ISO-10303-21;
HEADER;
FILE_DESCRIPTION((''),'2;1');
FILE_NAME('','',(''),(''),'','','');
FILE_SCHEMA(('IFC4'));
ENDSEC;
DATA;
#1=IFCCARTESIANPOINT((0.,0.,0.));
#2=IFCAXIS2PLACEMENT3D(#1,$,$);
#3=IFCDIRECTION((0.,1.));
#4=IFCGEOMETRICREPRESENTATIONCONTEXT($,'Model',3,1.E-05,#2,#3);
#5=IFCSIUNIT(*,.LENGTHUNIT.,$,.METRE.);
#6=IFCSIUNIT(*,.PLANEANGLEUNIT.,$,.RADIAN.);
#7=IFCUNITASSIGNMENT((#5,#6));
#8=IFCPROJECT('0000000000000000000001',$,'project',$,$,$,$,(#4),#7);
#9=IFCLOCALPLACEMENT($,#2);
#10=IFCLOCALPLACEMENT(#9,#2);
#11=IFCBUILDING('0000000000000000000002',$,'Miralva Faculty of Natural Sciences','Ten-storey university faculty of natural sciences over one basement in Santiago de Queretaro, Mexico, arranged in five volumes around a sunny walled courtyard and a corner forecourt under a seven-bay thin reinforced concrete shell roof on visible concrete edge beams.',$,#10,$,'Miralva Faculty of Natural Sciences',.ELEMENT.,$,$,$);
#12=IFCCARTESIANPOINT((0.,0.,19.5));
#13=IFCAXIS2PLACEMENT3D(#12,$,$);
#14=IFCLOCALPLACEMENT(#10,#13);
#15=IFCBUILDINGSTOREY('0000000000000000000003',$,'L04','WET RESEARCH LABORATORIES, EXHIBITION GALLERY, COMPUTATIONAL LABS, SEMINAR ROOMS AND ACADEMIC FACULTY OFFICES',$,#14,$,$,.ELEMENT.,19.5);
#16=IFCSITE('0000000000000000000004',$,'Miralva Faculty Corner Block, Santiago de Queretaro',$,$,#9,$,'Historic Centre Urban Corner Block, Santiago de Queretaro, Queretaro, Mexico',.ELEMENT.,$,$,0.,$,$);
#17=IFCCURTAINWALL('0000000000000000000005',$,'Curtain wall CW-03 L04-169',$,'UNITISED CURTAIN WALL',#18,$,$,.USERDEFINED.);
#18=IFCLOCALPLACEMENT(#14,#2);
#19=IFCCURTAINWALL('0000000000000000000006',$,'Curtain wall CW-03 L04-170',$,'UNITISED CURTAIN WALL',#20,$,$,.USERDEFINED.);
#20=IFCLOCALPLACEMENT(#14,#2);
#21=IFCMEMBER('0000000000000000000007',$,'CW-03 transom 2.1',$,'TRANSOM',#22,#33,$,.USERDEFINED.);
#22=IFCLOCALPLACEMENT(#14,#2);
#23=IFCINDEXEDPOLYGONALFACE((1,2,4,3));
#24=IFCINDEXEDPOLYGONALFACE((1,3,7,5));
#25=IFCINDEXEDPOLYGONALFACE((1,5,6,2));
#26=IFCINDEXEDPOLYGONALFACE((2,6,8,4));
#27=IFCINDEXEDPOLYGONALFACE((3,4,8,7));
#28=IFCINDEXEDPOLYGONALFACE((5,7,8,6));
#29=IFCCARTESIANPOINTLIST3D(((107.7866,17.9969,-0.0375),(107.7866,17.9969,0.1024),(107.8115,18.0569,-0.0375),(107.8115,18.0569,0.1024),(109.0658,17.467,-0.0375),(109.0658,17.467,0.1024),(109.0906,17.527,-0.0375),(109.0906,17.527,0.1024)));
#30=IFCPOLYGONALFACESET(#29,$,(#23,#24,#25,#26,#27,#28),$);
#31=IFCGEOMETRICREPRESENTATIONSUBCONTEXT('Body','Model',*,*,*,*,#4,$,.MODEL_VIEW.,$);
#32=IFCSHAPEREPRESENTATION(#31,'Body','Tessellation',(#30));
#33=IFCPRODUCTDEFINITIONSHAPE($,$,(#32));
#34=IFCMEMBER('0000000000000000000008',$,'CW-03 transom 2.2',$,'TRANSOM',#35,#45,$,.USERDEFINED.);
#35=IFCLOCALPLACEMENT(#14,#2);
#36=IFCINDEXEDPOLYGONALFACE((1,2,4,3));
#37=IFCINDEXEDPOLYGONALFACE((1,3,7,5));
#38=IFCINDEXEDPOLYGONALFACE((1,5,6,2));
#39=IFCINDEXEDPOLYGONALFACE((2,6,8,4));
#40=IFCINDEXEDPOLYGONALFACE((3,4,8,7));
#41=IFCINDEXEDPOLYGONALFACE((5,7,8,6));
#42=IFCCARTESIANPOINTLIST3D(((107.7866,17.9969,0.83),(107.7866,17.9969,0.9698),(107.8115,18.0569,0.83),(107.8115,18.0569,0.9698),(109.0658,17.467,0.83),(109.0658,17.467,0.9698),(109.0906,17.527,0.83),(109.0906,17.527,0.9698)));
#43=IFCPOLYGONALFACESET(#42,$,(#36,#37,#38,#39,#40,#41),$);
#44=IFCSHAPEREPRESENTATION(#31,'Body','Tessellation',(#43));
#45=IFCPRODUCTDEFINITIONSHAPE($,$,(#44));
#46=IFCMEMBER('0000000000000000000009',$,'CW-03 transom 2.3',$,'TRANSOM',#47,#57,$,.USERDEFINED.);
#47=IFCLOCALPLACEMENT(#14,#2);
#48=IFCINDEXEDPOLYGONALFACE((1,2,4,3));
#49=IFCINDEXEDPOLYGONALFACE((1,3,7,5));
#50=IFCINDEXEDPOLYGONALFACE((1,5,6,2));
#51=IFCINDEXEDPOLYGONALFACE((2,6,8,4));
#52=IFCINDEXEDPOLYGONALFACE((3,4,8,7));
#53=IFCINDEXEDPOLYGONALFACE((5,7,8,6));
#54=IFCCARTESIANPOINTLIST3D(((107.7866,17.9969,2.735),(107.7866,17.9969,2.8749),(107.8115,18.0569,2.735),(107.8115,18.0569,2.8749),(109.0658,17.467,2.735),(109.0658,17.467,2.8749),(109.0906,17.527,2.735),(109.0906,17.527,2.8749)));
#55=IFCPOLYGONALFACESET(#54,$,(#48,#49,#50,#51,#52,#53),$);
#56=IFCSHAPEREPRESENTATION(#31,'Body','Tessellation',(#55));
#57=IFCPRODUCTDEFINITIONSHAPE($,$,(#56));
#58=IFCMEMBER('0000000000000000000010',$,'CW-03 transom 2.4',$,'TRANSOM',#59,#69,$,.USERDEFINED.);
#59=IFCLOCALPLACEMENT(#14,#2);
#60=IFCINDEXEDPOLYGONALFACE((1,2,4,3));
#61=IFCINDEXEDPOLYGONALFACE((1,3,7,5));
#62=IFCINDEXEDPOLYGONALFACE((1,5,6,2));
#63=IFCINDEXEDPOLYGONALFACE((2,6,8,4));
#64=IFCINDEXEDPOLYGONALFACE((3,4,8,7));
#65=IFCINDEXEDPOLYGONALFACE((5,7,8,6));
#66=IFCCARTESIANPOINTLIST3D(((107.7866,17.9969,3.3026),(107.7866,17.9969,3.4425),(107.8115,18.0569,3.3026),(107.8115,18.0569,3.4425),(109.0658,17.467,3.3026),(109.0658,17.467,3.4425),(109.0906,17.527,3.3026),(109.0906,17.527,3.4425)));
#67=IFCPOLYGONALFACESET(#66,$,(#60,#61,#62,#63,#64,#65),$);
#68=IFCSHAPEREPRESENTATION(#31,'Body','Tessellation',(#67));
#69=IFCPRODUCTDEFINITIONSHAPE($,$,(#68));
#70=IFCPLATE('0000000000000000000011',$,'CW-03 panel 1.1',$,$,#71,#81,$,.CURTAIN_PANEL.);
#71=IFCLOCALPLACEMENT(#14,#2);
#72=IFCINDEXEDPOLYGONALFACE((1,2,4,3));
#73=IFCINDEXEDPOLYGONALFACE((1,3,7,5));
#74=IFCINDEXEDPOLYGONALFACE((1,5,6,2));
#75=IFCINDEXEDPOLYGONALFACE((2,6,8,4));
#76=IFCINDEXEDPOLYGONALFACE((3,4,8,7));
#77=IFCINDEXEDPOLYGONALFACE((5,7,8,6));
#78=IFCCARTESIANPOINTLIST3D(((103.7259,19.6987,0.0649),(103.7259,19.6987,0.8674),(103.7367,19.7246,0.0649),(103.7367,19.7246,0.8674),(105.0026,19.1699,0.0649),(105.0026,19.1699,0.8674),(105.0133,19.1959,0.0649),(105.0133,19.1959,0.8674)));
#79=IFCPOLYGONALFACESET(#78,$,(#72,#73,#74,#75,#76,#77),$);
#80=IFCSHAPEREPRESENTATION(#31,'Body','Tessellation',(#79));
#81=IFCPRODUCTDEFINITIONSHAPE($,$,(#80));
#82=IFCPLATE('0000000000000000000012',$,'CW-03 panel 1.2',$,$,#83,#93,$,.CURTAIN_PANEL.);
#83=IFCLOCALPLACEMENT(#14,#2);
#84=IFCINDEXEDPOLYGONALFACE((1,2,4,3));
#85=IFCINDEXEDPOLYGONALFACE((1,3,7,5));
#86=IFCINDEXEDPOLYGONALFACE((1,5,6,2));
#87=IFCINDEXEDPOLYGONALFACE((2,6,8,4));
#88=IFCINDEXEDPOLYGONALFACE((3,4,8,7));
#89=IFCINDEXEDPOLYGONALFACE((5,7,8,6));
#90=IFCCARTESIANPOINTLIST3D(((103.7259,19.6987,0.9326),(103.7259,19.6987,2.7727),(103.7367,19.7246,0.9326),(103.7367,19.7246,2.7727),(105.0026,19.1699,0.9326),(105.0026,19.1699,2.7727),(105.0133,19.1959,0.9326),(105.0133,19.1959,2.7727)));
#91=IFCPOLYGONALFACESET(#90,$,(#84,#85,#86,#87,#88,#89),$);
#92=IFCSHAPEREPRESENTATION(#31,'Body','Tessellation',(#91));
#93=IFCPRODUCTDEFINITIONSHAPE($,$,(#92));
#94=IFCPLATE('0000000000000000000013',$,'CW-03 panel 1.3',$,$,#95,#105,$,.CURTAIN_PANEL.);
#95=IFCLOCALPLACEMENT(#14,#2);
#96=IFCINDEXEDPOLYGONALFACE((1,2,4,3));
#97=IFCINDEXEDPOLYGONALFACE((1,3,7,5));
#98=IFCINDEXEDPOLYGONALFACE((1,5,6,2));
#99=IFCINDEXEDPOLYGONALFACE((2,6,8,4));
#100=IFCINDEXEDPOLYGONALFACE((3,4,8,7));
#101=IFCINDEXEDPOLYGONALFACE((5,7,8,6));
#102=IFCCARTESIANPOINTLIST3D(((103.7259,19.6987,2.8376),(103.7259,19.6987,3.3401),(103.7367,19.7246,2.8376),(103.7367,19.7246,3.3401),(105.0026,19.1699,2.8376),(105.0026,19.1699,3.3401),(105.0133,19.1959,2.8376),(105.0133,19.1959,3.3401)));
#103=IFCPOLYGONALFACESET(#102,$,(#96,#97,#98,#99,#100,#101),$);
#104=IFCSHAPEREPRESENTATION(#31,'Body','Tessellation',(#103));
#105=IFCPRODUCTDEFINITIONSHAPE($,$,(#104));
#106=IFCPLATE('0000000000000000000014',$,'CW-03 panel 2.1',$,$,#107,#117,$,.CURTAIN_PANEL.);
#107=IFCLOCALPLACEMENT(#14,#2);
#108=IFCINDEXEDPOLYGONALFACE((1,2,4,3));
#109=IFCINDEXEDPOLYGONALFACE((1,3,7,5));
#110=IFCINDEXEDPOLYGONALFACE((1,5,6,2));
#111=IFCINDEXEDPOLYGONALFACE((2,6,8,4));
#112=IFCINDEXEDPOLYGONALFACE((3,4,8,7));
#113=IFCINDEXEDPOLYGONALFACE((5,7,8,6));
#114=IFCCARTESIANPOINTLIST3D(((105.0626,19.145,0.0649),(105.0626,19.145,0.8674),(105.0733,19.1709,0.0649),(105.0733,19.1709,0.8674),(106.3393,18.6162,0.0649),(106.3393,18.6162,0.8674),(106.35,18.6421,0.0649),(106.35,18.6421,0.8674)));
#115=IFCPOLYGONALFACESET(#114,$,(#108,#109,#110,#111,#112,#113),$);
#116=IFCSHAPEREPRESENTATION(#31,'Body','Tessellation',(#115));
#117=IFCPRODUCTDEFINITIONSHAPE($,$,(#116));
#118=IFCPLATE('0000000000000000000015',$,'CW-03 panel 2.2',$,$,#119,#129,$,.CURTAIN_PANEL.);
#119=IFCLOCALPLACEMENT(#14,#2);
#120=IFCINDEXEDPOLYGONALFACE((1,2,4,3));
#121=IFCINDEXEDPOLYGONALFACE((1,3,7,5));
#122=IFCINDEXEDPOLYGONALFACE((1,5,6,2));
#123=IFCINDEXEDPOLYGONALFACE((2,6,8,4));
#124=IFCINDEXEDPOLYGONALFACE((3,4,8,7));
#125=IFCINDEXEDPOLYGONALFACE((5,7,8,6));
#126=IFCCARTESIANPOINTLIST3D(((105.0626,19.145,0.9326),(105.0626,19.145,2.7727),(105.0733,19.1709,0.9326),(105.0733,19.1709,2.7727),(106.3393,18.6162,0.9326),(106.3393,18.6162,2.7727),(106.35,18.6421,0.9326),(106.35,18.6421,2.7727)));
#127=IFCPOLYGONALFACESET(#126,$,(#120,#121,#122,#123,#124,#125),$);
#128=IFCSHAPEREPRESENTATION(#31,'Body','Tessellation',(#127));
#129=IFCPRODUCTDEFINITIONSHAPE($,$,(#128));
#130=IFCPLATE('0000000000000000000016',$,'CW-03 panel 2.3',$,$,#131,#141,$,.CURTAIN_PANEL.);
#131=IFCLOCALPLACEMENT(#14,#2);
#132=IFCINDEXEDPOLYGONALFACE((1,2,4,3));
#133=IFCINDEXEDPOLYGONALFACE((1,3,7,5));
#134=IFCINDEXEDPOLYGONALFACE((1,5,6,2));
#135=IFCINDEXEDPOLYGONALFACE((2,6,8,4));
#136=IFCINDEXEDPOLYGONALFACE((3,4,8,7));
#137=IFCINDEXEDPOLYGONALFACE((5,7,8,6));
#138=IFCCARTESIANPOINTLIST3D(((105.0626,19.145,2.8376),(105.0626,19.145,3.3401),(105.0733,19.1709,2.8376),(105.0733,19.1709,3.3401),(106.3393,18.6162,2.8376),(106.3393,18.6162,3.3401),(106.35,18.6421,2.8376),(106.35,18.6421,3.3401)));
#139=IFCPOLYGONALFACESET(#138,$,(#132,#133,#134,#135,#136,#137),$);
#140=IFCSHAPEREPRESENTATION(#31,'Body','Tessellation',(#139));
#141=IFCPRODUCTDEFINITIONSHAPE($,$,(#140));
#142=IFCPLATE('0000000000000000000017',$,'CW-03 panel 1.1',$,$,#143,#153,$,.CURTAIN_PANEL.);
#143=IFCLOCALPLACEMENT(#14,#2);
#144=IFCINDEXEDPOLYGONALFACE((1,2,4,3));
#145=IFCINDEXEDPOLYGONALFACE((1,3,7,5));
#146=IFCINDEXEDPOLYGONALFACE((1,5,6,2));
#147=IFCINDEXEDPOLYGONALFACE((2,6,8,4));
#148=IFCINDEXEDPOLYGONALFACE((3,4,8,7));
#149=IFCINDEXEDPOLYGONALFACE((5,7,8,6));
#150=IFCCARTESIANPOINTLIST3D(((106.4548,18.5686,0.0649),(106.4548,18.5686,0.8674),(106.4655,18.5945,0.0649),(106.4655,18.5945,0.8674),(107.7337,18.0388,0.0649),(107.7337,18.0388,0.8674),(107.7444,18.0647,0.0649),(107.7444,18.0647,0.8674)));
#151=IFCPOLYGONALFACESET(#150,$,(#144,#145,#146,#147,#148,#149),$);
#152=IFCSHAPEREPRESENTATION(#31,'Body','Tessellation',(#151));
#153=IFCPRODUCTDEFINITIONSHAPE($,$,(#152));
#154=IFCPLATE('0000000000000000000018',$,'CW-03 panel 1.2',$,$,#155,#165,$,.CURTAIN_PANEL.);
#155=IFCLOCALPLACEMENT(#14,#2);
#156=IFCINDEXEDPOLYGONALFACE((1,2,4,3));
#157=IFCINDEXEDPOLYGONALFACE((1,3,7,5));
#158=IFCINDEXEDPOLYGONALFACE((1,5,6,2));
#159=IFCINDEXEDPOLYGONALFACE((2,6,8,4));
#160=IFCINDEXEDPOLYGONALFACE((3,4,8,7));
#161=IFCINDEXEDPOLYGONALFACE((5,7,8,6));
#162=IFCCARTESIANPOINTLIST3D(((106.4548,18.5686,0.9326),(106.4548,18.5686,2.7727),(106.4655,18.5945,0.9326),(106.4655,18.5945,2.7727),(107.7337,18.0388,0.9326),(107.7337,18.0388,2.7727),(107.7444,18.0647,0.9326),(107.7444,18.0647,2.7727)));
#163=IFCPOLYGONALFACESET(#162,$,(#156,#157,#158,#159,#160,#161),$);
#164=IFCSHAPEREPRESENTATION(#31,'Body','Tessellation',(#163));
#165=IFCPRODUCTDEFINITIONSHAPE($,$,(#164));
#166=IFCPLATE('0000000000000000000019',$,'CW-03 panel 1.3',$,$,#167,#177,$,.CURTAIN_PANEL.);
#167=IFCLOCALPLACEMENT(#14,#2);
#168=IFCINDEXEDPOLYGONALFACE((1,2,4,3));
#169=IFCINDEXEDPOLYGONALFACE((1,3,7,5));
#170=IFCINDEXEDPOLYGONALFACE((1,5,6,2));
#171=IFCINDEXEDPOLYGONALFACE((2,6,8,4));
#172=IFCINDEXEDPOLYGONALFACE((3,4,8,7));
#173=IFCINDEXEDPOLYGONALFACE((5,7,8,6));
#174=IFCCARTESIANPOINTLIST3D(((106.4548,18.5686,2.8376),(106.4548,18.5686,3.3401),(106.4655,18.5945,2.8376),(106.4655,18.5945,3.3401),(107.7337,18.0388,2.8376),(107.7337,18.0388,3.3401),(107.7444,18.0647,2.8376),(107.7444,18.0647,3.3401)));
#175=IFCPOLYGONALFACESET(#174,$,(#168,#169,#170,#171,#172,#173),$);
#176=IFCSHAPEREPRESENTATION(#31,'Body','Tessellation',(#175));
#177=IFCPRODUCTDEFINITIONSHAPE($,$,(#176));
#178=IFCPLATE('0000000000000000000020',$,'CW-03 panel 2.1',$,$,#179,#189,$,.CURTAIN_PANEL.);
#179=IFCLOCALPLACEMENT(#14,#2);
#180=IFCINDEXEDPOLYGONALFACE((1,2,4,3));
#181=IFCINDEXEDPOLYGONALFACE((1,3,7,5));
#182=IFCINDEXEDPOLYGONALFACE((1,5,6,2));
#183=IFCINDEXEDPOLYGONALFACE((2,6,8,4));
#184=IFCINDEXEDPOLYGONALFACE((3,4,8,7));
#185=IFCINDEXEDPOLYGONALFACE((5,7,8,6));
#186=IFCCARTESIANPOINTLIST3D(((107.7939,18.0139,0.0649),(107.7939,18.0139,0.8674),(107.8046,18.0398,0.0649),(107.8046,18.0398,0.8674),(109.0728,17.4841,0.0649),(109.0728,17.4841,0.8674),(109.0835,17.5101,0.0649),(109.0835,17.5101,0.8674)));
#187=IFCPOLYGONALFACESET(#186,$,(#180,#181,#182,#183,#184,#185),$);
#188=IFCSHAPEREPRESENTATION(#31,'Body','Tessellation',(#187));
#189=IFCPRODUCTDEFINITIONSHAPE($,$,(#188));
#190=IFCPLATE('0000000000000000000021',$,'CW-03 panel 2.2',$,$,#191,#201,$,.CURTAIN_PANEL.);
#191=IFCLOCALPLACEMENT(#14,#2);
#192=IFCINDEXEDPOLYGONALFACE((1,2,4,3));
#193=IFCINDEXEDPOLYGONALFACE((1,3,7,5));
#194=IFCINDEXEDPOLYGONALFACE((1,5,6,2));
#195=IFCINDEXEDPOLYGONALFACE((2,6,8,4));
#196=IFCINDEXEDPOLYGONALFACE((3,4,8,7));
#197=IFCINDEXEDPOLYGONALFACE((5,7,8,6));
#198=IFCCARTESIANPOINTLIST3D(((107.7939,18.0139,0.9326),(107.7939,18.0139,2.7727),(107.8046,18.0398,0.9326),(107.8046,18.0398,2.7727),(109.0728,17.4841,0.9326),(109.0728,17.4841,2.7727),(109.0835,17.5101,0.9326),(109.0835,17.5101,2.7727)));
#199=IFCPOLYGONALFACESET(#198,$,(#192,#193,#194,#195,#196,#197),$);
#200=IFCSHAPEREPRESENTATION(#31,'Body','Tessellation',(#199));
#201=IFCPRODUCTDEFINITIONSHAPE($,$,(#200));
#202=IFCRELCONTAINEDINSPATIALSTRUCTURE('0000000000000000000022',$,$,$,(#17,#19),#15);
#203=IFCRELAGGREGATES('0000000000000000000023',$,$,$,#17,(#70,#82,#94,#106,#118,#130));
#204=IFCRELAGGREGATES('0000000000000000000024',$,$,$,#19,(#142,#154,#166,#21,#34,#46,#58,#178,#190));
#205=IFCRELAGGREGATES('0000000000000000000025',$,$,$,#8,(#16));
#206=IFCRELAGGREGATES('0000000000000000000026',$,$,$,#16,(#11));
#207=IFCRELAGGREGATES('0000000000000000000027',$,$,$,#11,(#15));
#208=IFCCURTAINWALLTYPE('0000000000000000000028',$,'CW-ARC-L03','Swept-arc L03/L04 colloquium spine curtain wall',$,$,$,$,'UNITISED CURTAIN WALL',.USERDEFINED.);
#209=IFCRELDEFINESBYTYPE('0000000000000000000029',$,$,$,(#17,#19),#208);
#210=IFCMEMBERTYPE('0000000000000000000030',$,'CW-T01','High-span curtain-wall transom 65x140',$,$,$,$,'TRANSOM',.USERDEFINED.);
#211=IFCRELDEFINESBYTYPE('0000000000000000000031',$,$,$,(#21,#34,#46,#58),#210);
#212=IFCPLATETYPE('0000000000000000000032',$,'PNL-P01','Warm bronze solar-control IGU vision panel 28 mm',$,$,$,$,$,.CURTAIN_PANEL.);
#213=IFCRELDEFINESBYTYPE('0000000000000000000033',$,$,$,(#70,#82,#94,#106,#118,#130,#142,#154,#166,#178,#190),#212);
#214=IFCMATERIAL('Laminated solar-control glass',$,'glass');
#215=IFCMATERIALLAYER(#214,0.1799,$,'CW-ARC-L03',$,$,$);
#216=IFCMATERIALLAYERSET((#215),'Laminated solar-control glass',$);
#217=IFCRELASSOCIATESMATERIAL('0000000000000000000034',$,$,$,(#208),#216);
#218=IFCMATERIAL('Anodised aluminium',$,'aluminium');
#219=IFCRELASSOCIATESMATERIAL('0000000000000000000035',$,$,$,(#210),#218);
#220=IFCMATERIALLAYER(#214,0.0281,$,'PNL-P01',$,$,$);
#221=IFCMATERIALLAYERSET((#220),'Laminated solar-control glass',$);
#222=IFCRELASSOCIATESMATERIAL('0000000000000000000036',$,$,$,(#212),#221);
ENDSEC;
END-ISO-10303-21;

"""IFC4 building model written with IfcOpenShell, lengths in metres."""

from ifc_helpers import new_model, si_unit, direction, frame, origin, origin_2d, place, context, subcontext, project, spatial, rectangle, extrude, material, layer, layer_set, material_profile, profile_set, type_object, element, aggregate, save


model = new_model("IFC4")

# Units and contexts
model_context = context("Model", 3, precision=1e-05, world=origin(), true_north=direction((0.0, 1.0)))
body_context = subcontext(model_context, "Body", "Model", "MODEL_VIEW")
ifc_project = project(units=[si_unit("LENGTHUNIT", "METRE"), si_unit("PLANEANGLEUNIT", "RADIAN")], contexts=[model_context])

# Site, building, storey
site_placement = place(None, origin())
site = spatial("IfcSite", under=ifc_project, at=site_placement, Name="Miralva Faculty Corner Block, Santiago de Queretaro", LongName="Historic Centre Urban Corner Block, Santiago de Queretaro, Queretaro, Mexico", CompositionType="ELEMENT", RefElevation=0.0)
building_placement = place(site_placement, origin())
building = spatial("IfcBuilding", under=site, at=building_placement, Name="Miralva Faculty of Natural Sciences", Description="Ten-storey university faculty of natural sciences over one basement in Santiago de Queretaro, Mexico, arranged in five volumes around a sunny walled courtyard and a corner forecourt under a seven-bay thin reinforced concrete shell roof on visible concrete edge beams.", LongName="Miralva Faculty of Natural Sciences", CompositionType="ELEMENT")
storey_placement = place(building_placement, frame((0.0, 0.0, 19.5)))
storey = spatial("IfcBuildingStorey", under=building, at=storey_placement, Name="L04", Description="WET RESEARCH LABORATORIES, EXHIBITION GALLERY, COMPUTATIONAL LABS, SEMINAR ROOMS AND ACADEMIC FACULTY OFFICES", CompositionType="ELEMENT", Elevation=19.5)

# Curtain walls
ifc_material_1 = material(Name="Laminated solar-control glass", Category="glass")
ifc_layer_1 = layer(ifc_material_1, 0.1799, Name="CW-ARC-L03")
ifc_layer_set_1 = layer_set([ifc_layer_1], Name="Laminated solar-control glass")
curtain_wall_type = type_object("IfcCurtainWallType", Name="CW-ARC-L03", Description="Swept-arc L03/L04 colloquium spine curtain wall", ElementType="UNITISED CURTAIN WALL", PredefinedType="USERDEFINED", material=ifc_layer_set_1)
curtain_wall_1_placement = place(storey_placement, origin())
curtain_wall_1 = element("IfcCurtainWall", 1, at=curtain_wall_1_placement, inside=storey, type_object=curtain_wall_type, Name="Curtain wall CW-03 L04-169", ObjectType="UNITISED CURTAIN WALL", PredefinedType="USERDEFINED")
ifc_material_2 = material(Name="Anodised aluminium", Category="aluminium")
curtain_wall_2_placement = place(storey_placement, origin())
curtain_wall_2 = element("IfcCurtainWall", 2, at=curtain_wall_2_placement, inside=storey, type_object=curtain_wall_type, Name="Curtain wall CW-03 L04-170", ObjectType="UNITISED CURTAIN WALL", PredefinedType="USERDEFINED")

# Members
ifc_material_profile_1 = material_profile(ifc_material_2, rectangle(XDim=0.0649, YDim=0.1399, at=origin_2d()), Name="TRANSOM 65x140")
ifc_profile_set_1 = profile_set([ifc_material_profile_1], Name="Anodised aluminium")
member_type_1 = type_object("IfcMemberType", Name="CW-T01", Description="High-span curtain-wall transom 65x140", ElementType="TRANSOM", PredefinedType="USERDEFINED", material=ifc_profile_set_1)
member_1_placement = place(storey_placement, frame((107.7991, 18.0269, 0.0325), z_axis=(0.923884, -0.382674, 0.0), x_axis=(0.382674, 0.923884, 0.0)))
member_1 = element("IfcMember", 3, at=member_1_placement, type_object=member_type_1, Name="CW-03 transom 2.1", ObjectType="TRANSOM", PredefinedType="USERDEFINED", context=body_context, shape_type="SweptSolid", body=[
    extrude(rectangle(XDim=0.0649, YDim=0.1399, at=origin_2d()), origin(), (0.0, 0.0, 1.0), 1.3845),
])
member_2_placement = place(storey_placement, frame((107.7991, 18.0269, 0.8999), z_axis=(0.923884, -0.382674, 0.0), x_axis=(0.382674, 0.923884, 0.0)))
member_2 = element("IfcMember", 4, at=member_2_placement, type_object=member_type_1, Name="CW-03 transom 2.2", ObjectType="TRANSOM", PredefinedType="USERDEFINED", context=body_context, shape_type="SweptSolid", body=[
    extrude(rectangle(XDim=0.0649, YDim=0.1399, at=origin_2d()), origin(), (0.0, 0.0, 1.0), 1.3845),
])
member_3_placement = place(storey_placement, frame((107.7991, 18.0269, 2.8049), z_axis=(0.923884, -0.382674, 0.0), x_axis=(0.382674, 0.923884, 0.0)))
member_3 = element("IfcMember", 5, at=member_3_placement, type_object=member_type_1, Name="CW-03 transom 2.3", ObjectType="TRANSOM", PredefinedType="USERDEFINED", context=body_context, shape_type="SweptSolid", body=[
    extrude(rectangle(XDim=0.0649, YDim=0.1399, at=origin_2d()), origin(), (0.0, 0.0, 1.0), 1.3845),
])
member_4_placement = place(storey_placement, frame((107.7991, 18.0269, 3.3726), z_axis=(0.923884, -0.382674, 0.0), x_axis=(0.382674, 0.923884, 0.0)))
member_4 = element("IfcMember", 6, at=member_4_placement, type_object=member_type_1, Name="CW-03 transom 2.4", ObjectType="TRANSOM", PredefinedType="USERDEFINED", context=body_context, shape_type="SweptSolid", body=[
    extrude(rectangle(XDim=0.0649, YDim=0.1399, at=origin_2d()), origin(), (0.0, 0.0, 1.0), 1.3845),
])

# Plates
ifc_layer_2 = layer(ifc_material_1, 0.0281, Name="PNL-P01")
ifc_layer_set_2 = layer_set([ifc_layer_2], Name="Laminated solar-control glass")
plate_type = type_object("IfcPlateType", Name="PNL-P01", Description="Warm bronze solar-control IGU vision panel 28 mm", PredefinedType="CURTAIN_PANEL", material=ifc_layer_set_2)
plate_1_placement = place(storey_placement, frame((104.3696, 19.4473, 0.0649), z_axis=(0.0, 0.0, 1.0), x_axis=(0.923891, -0.382656, 0.0)))
plate_1 = element("IfcPlate", 7, at=plate_1_placement, type_object=plate_type, Name="CW-03 panel 1.1", PredefinedType="CURTAIN_PANEL", context=body_context, shape_type="SweptSolid", body=[
    extrude(rectangle(XDim=1.3818, YDim=0.0281, at=origin_2d()), origin(), (0.0, 0.0, 1.0), 0.8025),
])
plate_2_placement = place(storey_placement, frame((104.3696, 19.4473, 0.9326), z_axis=(0.0, 0.0, 1.0), x_axis=(0.923891, -0.382656, 0.0)))
plate_2 = element("IfcPlate", 8, at=plate_2_placement, type_object=plate_type, Name="CW-03 panel 1.2", PredefinedType="CURTAIN_PANEL", context=body_context, shape_type="SweptSolid", body=[
    extrude(rectangle(XDim=1.3818, YDim=0.0281, at=origin_2d()), origin(), (0.0, 0.0, 1.0), 1.8401),
])
plate_3_placement = place(storey_placement, frame((104.3696, 19.4473, 2.8376), z_axis=(0.0, 0.0, 1.0), x_axis=(0.923891, -0.382656, 0.0)))
plate_3 = element("IfcPlate", 9, at=plate_3_placement, type_object=plate_type, Name="CW-03 panel 1.3", PredefinedType="CURTAIN_PANEL", context=body_context, shape_type="SweptSolid", body=[
    extrude(rectangle(XDim=1.3818, YDim=0.0281, at=origin_2d()), origin(), (0.0, 0.0, 1.0), 0.5024),
])
plate_4_placement = place(storey_placement, frame((105.7063, 18.8936, 0.0649), z_axis=(0.0, 0.0, 1.0), x_axis=(0.923891, -0.382656, 0.0)))
plate_4 = element("IfcPlate", 10, at=plate_4_placement, type_object=plate_type, Name="CW-03 panel 2.1", PredefinedType="CURTAIN_PANEL", context=body_context, shape_type="SweptSolid", body=[
    extrude(rectangle(XDim=1.3818, YDim=0.0281, at=origin_2d()), origin(), (0.0, 0.0, 1.0), 0.8025),
])
plate_5_placement = place(storey_placement, frame((105.7063, 18.8936, 0.9326), z_axis=(0.0, 0.0, 1.0), x_axis=(0.923891, -0.382656, 0.0)))
plate_5 = element("IfcPlate", 11, at=plate_5_placement, type_object=plate_type, Name="CW-03 panel 2.2", PredefinedType="CURTAIN_PANEL", context=body_context, shape_type="SweptSolid", body=[
    extrude(rectangle(XDim=1.3818, YDim=0.0281, at=origin_2d()), origin(), (0.0, 0.0, 1.0), 1.8401),
])
plate_6_placement = place(storey_placement, frame((105.7063, 18.8936, 2.8376), z_axis=(0.0, 0.0, 1.0), x_axis=(0.923891, -0.382656, 0.0)))
plate_6 = element("IfcPlate", 12, at=plate_6_placement, type_object=plate_type, Name="CW-03 panel 2.3", PredefinedType="CURTAIN_PANEL", context=body_context, shape_type="SweptSolid", body=[
    extrude(rectangle(XDim=1.3818, YDim=0.0281, at=origin_2d()), origin(), (0.0, 0.0, 1.0), 0.5024),
])
aggregate(curtain_wall_1, [plate_1, plate_2, plate_3, plate_4, plate_5, plate_6])
plate_7_placement = place(storey_placement, frame((107.0996, 18.3167, 0.0649), z_axis=(0.0, 0.0, 1.0), x_axis=(0.923875, -0.382695, 0.0)))
plate_7 = element("IfcPlate", 13, at=plate_7_placement, type_object=plate_type, Name="CW-03 panel 1.1", PredefinedType="CURTAIN_PANEL", context=body_context, shape_type="SweptSolid", body=[
    extrude(rectangle(XDim=1.3843, YDim=0.0281, at=origin_2d()), origin(), (0.0, 0.0, 1.0), 0.8025),
])
plate_8_placement = place(storey_placement, frame((107.0996, 18.3167, 0.9326), z_axis=(0.0, 0.0, 1.0), x_axis=(0.923875, -0.382695, 0.0)))
plate_8 = element("IfcPlate", 14, at=plate_8_placement, type_object=plate_type, Name="CW-03 panel 1.2", PredefinedType="CURTAIN_PANEL", context=body_context, shape_type="SweptSolid", body=[
    extrude(rectangle(XDim=1.3843, YDim=0.0281, at=origin_2d()), origin(), (0.0, 0.0, 1.0), 1.8401),
])
plate_9_placement = place(storey_placement, frame((107.0996, 18.3167, 2.8376), z_axis=(0.0, 0.0, 1.0), x_axis=(0.923875, -0.382695, 0.0)))
plate_9 = element("IfcPlate", 15, at=plate_9_placement, type_object=plate_type, Name="CW-03 panel 1.3", PredefinedType="CURTAIN_PANEL", context=body_context, shape_type="SweptSolid", body=[
    extrude(rectangle(XDim=1.3843, YDim=0.0281, at=origin_2d()), origin(), (0.0, 0.0, 1.0), 0.5024),
])
plate_10_placement = place(storey_placement, frame((108.4387, 17.762, 0.0649), z_axis=(0.0, 0.0, 1.0), x_axis=(0.923875, -0.382695, 0.0)))
plate_10 = element("IfcPlate", 16, at=plate_10_placement, type_object=plate_type, Name="CW-03 panel 2.1", PredefinedType="CURTAIN_PANEL", context=body_context, shape_type="SweptSolid", body=[
    extrude(rectangle(XDim=1.3843, YDim=0.0281, at=origin_2d()), origin(), (0.0, 0.0, 1.0), 0.8025),
])
plate_11_placement = place(storey_placement, frame((108.4387, 17.762, 0.9326), z_axis=(0.0, 0.0, 1.0), x_axis=(0.923875, -0.382695, 0.0)))
plate_11 = element("IfcPlate", 17, at=plate_11_placement, type_object=plate_type, Name="CW-03 panel 2.2", PredefinedType="CURTAIN_PANEL", context=body_context, shape_type="SweptSolid", body=[
    extrude(rectangle(XDim=1.3843, YDim=0.0281, at=origin_2d()), origin(), (0.0, 0.0, 1.0), 1.8401),
])
aggregate(curtain_wall_2, [plate_7, plate_8, plate_9, member_1, member_2, member_3, member_4, plate_10, plate_11])

save(model, "model.ifc")
